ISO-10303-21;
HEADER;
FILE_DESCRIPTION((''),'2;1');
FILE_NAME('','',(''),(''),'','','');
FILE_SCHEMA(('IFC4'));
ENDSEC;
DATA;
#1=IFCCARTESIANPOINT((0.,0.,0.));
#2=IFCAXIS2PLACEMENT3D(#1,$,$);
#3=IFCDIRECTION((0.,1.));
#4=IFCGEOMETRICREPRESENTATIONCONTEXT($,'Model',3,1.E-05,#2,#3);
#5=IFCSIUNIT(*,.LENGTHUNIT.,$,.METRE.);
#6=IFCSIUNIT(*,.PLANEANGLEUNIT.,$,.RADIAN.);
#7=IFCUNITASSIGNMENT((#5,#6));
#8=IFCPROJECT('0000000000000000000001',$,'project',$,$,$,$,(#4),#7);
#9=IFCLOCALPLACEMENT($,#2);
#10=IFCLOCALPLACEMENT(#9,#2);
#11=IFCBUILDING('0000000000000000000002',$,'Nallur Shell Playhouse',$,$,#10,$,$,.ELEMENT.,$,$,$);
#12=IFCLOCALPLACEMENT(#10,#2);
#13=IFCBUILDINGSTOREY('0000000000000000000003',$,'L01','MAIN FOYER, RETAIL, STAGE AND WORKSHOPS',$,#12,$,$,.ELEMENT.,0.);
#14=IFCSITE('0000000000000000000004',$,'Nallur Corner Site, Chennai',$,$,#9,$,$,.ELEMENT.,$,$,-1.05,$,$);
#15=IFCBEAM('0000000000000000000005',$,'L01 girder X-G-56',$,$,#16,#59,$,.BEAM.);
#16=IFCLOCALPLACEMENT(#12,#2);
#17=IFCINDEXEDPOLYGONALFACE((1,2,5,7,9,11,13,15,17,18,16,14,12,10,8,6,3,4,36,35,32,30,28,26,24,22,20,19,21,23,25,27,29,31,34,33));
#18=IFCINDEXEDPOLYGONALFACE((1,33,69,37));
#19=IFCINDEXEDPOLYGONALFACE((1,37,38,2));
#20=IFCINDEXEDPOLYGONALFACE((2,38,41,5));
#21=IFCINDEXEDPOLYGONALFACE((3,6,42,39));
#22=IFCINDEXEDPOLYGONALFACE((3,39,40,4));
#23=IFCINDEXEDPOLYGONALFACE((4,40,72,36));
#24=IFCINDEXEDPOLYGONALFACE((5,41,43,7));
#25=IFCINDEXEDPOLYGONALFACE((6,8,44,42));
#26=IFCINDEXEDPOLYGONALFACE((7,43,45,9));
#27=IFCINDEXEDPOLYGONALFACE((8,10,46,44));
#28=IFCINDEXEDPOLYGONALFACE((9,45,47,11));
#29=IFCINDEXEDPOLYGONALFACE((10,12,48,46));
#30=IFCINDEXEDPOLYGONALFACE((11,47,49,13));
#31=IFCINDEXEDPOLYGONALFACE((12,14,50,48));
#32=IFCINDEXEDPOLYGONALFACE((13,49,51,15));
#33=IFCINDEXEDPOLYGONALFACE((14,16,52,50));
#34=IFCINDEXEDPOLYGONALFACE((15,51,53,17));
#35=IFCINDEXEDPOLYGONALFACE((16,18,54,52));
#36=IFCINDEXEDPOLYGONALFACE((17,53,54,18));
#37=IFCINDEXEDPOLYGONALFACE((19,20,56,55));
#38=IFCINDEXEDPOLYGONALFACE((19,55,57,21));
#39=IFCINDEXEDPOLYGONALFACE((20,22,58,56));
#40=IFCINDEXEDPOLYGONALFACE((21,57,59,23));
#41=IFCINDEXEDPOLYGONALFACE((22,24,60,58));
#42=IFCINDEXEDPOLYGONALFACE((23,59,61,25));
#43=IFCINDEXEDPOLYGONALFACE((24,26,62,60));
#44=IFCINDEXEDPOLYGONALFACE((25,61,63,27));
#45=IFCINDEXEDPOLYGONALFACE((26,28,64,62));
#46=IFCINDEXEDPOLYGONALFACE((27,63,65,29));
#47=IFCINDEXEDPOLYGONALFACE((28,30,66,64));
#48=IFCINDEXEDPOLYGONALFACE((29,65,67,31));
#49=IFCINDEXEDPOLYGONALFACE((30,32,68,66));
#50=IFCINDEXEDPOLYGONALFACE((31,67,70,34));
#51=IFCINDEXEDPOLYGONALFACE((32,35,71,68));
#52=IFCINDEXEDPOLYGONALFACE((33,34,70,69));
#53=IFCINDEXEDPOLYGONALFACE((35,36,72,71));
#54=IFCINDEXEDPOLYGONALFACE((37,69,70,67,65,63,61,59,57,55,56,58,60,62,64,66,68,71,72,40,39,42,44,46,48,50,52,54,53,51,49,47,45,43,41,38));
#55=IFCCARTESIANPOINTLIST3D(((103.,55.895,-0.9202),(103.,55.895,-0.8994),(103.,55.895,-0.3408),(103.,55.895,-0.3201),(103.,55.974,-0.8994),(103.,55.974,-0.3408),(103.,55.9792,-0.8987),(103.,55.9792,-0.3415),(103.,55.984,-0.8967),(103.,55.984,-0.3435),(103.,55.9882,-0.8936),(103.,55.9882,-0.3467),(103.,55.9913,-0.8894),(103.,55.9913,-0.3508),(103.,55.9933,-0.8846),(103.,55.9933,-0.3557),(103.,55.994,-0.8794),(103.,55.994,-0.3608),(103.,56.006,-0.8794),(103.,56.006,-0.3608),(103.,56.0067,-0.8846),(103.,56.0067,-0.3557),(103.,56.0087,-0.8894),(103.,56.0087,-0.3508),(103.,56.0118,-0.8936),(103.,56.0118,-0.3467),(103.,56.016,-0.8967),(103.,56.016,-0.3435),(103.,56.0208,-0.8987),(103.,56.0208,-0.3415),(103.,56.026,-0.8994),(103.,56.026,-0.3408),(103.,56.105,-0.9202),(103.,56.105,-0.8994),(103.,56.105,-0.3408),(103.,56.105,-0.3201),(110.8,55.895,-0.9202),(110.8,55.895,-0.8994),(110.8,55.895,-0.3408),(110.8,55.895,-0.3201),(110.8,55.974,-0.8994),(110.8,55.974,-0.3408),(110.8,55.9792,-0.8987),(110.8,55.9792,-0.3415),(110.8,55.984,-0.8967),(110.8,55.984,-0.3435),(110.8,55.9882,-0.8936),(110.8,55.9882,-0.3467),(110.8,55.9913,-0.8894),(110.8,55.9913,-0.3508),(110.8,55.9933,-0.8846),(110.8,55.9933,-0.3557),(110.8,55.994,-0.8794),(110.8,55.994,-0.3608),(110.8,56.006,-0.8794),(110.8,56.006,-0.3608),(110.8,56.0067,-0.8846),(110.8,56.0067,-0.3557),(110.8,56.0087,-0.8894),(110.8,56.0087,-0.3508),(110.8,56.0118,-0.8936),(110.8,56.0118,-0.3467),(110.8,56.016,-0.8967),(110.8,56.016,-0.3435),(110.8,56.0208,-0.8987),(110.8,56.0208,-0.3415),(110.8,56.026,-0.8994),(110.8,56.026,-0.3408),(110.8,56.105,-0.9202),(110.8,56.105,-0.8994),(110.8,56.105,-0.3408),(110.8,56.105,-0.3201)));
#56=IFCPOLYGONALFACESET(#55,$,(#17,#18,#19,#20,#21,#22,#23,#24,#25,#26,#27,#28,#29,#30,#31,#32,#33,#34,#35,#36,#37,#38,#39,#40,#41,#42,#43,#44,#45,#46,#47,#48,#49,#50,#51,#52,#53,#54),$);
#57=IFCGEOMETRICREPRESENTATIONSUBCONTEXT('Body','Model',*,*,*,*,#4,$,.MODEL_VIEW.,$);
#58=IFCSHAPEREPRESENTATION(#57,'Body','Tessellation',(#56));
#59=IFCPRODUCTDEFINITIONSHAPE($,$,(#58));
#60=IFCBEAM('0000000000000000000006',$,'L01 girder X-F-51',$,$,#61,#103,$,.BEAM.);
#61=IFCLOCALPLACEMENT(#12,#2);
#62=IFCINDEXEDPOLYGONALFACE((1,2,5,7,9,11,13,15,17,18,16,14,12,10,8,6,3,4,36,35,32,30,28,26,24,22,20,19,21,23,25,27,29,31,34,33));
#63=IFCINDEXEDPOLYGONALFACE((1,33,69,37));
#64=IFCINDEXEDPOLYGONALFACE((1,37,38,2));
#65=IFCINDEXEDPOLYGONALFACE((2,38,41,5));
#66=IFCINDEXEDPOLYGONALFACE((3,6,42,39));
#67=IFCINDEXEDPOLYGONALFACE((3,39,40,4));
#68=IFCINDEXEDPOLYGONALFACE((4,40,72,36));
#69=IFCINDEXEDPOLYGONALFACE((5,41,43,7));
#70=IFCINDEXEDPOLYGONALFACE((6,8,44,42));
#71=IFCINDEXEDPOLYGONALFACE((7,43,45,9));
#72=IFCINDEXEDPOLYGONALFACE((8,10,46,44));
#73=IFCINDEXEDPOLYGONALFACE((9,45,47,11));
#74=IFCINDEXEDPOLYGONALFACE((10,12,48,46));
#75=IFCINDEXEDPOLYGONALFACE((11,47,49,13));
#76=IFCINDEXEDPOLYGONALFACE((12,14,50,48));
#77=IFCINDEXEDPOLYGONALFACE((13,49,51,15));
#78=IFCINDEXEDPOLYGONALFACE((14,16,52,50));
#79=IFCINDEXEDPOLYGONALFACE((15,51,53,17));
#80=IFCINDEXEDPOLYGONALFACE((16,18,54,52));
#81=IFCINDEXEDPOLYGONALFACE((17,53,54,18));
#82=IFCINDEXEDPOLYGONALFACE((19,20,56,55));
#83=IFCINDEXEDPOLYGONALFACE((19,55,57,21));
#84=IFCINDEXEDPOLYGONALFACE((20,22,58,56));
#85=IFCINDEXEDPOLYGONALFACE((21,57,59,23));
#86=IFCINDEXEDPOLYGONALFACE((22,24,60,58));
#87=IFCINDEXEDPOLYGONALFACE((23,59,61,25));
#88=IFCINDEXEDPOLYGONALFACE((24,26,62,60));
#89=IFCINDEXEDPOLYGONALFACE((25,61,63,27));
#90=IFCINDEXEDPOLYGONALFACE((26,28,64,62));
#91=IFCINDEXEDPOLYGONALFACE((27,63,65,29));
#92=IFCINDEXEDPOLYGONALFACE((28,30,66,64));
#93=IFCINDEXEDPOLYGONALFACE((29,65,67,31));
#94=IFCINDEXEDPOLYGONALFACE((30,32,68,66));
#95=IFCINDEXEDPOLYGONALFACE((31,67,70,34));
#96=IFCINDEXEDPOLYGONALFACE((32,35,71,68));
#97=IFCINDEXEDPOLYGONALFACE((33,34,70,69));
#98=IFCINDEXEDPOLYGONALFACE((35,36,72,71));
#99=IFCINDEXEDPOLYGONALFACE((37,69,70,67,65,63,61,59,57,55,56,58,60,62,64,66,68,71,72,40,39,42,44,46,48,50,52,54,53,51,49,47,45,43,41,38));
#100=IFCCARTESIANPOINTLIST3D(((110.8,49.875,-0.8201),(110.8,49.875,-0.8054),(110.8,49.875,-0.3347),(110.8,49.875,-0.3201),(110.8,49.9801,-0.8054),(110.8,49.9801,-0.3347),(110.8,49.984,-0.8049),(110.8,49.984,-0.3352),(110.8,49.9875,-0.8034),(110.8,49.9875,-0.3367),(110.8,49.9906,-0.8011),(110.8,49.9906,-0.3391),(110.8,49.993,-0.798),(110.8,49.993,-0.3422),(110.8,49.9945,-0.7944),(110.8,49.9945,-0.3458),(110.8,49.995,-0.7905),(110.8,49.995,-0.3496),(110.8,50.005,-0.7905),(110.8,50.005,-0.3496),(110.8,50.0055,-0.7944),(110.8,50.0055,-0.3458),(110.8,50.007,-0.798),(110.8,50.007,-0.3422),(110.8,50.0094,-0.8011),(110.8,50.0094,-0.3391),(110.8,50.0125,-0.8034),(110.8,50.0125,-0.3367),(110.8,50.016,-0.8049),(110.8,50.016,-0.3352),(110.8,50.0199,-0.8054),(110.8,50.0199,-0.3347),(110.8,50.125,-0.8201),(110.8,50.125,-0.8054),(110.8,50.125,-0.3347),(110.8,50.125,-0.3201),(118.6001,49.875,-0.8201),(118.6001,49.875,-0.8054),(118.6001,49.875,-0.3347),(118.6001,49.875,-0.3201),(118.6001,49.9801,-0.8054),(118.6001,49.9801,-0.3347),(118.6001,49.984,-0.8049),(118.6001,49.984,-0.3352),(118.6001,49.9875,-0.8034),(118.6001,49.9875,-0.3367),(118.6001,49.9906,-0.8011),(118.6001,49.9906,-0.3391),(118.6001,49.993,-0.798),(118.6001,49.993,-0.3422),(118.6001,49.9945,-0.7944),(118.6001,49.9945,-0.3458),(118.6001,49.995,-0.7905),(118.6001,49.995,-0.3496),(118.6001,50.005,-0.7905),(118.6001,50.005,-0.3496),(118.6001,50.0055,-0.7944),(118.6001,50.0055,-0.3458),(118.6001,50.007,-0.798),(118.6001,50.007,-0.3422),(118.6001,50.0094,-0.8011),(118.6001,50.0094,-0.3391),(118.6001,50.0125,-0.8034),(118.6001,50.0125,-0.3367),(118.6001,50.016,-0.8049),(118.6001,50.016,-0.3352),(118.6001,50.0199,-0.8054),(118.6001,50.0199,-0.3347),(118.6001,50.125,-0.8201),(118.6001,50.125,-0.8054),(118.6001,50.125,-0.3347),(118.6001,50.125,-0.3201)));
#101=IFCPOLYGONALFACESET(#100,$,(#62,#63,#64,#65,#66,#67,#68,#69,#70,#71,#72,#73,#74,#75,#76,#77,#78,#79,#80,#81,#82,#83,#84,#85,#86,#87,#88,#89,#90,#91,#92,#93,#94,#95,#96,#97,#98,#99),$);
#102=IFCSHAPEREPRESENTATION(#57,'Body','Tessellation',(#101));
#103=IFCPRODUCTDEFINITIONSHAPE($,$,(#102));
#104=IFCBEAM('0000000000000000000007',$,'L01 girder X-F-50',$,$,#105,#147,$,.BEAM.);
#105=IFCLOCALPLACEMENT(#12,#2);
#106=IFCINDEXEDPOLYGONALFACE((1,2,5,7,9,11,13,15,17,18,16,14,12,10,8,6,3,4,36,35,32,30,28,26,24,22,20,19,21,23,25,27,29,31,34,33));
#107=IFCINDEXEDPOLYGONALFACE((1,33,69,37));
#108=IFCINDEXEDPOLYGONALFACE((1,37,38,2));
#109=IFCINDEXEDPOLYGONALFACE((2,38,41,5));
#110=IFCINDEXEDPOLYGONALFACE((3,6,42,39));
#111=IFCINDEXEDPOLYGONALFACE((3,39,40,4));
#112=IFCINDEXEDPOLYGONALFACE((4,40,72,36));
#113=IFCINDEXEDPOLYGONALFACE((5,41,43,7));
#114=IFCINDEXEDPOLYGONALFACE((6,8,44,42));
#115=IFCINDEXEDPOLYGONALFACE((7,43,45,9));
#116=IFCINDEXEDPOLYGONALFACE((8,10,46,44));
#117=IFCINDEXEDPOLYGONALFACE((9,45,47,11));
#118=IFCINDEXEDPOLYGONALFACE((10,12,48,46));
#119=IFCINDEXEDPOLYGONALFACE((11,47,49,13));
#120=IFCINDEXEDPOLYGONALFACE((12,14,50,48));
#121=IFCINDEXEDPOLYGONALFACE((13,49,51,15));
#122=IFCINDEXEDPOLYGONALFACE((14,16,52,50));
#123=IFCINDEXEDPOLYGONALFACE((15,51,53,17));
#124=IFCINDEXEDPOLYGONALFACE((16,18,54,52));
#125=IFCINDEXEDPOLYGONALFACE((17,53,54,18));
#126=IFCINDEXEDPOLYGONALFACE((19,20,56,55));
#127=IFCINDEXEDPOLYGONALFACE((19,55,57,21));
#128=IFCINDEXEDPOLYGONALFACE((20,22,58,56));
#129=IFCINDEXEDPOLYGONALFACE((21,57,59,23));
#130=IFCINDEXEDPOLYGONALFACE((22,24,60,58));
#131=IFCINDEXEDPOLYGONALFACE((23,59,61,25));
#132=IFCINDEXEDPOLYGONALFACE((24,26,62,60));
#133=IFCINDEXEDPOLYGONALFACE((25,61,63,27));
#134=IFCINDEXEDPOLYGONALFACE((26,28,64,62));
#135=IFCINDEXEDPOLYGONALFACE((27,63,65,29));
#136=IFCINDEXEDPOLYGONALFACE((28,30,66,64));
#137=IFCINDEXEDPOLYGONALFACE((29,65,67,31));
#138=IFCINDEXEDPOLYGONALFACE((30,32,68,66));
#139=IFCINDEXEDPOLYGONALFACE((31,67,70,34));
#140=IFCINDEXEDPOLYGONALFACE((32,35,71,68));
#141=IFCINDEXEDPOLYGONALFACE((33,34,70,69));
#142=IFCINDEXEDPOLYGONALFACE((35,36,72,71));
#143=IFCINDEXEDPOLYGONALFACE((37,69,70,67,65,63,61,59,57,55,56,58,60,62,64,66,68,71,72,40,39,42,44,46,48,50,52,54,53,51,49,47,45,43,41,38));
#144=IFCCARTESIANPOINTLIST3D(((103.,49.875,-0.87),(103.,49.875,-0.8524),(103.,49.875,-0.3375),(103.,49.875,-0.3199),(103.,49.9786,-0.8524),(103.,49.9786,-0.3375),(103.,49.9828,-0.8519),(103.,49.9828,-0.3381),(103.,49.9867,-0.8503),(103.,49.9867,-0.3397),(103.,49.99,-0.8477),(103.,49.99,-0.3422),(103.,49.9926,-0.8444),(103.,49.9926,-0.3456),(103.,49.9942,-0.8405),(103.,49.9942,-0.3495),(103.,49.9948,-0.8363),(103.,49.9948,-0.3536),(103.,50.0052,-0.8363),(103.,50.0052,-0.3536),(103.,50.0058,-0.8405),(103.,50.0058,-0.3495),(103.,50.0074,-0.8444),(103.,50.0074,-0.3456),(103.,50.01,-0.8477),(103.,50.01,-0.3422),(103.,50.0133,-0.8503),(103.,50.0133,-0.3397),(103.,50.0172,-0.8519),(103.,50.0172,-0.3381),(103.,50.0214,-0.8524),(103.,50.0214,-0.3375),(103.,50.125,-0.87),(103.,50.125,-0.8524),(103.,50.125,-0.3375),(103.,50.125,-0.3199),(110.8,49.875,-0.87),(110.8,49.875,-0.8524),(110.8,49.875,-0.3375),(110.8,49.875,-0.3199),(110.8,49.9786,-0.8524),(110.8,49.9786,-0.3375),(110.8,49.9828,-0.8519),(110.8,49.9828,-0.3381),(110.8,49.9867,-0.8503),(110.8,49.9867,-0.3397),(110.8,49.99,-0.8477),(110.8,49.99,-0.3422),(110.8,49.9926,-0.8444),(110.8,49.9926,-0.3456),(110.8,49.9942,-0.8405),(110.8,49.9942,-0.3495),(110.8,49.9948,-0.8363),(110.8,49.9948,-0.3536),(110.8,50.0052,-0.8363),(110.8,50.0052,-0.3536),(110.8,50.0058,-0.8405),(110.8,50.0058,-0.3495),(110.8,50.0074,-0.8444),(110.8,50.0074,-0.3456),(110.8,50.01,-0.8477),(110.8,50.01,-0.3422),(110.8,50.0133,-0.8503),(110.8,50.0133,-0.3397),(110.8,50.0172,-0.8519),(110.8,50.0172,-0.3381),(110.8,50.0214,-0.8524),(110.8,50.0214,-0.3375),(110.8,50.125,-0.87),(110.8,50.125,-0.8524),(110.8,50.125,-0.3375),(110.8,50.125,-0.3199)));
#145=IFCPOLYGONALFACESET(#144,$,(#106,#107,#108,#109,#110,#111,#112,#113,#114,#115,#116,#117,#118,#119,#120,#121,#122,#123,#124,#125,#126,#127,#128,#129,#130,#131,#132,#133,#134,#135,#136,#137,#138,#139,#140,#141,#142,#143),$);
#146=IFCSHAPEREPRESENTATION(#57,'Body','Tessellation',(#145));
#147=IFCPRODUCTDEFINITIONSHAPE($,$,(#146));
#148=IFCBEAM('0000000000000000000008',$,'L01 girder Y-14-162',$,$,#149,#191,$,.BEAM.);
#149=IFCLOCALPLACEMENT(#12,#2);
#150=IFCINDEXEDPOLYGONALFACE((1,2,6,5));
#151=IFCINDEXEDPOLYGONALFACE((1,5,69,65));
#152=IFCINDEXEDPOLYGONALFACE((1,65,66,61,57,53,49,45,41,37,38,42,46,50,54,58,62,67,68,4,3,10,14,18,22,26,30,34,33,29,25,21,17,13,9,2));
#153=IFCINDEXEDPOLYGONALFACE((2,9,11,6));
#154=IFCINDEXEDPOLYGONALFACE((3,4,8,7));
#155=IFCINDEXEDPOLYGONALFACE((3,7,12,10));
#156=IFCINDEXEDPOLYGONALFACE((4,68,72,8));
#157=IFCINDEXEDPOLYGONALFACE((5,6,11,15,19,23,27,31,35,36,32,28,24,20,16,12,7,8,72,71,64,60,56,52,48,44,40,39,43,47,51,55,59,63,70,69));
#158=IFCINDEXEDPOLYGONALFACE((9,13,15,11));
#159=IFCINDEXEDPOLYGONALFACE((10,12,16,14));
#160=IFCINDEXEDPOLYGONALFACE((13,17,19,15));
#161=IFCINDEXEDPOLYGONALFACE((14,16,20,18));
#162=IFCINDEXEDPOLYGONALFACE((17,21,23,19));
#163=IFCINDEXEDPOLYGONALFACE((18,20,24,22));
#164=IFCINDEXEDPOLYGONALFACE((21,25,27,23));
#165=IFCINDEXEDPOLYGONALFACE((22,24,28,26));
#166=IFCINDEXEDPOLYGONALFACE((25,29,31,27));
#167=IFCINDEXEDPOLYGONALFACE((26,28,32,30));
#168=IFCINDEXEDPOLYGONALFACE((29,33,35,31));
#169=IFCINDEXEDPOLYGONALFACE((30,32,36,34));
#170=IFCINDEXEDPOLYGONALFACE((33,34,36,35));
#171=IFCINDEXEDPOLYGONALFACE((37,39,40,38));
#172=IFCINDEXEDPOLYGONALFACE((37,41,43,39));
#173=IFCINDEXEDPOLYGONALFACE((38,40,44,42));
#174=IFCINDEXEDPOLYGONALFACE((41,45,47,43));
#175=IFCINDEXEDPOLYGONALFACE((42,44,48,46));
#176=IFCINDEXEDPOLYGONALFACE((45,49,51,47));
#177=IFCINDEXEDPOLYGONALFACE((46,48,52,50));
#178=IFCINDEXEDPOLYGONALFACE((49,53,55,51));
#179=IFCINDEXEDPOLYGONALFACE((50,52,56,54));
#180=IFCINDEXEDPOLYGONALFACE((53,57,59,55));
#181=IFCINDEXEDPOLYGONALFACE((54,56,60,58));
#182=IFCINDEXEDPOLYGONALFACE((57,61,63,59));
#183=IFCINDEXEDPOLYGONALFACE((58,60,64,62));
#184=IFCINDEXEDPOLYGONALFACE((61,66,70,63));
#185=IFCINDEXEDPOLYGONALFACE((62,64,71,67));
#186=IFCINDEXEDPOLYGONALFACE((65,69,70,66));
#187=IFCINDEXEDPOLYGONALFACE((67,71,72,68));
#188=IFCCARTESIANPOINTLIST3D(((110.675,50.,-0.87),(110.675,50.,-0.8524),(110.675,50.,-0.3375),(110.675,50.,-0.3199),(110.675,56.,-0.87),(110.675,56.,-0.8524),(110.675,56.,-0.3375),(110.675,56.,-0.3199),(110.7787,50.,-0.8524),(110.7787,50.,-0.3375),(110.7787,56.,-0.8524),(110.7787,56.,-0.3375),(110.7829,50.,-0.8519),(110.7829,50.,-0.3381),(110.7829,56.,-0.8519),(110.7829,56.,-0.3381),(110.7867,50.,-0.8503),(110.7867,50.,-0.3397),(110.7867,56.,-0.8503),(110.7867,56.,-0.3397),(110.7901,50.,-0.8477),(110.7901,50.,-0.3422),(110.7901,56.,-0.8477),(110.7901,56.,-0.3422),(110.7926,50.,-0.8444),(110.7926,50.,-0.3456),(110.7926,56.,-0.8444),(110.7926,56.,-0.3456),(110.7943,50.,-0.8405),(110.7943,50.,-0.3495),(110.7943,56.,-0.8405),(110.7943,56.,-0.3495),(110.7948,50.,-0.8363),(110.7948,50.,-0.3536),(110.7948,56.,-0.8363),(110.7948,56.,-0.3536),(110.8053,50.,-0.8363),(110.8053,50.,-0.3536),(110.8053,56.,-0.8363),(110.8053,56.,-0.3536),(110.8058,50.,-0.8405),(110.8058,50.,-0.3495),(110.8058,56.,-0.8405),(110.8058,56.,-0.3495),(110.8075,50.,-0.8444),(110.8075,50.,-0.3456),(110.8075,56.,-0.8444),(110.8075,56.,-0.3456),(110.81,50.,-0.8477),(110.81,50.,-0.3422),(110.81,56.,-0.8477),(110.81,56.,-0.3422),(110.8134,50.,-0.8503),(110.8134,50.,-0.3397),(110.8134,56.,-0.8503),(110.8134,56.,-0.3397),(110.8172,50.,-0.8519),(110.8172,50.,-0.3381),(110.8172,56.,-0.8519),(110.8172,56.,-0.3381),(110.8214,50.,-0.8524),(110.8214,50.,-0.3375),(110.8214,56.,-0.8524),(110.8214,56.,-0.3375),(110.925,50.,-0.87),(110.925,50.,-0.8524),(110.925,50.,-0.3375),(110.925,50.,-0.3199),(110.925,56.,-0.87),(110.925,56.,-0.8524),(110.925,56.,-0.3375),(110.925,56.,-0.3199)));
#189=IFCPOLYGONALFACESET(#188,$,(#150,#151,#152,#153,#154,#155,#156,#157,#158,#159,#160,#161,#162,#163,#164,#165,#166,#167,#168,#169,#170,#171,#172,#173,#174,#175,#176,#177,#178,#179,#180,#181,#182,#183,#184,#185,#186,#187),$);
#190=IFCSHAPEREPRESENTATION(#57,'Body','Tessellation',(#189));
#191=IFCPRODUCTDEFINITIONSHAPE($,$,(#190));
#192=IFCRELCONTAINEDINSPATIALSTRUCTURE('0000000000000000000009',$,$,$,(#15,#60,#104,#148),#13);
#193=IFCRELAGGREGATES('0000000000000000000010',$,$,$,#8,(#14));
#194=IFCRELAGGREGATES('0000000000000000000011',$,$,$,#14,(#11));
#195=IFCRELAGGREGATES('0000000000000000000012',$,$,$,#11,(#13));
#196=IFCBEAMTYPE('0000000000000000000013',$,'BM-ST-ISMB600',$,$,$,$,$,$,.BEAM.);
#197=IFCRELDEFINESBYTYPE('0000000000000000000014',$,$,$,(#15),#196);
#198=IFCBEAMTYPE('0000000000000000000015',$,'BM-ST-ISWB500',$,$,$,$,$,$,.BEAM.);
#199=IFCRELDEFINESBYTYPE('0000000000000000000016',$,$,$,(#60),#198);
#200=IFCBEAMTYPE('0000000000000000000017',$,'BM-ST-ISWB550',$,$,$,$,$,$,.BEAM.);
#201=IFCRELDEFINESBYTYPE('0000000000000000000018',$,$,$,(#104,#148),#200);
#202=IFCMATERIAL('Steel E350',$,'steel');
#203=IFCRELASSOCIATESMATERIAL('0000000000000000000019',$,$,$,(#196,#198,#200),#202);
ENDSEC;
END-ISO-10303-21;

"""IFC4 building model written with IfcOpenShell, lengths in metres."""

from ifc_helpers import new_model, si_unit, direction, frame, origin, origin_2d, place, context, subcontext, project, spatial, i_section, extrude, material, material_profile, profile_set, type_object, element, save


model = new_model("IFC4")

# Units and contexts
model_context = context("Model", 3, precision=1e-05, world=origin(), true_north=direction((0.0, 1.0)))
body_context = subcontext(model_context, "Body", "Model", "MODEL_VIEW")
ifc_project = project(units=[si_unit("LENGTHUNIT", "METRE"), si_unit("PLANEANGLEUNIT", "RADIAN")], contexts=[model_context])

# Site, building, storey
site_placement = place(None, origin())
site = spatial("IfcSite", under=ifc_project, at=site_placement, Name="Nallur Corner Site, Chennai", CompositionType="ELEMENT", RefElevation=-1.05)
building_placement = place(site_placement, origin())
building = spatial("IfcBuilding", under=site, at=building_placement, Name="Nallur Shell Playhouse", CompositionType="ELEMENT")
storey_placement = place(building_placement, origin())
storey = spatial("IfcBuildingStorey", under=building, at=storey_placement, Name="L01", Description="MAIN FOYER, RETAIL, STAGE AND WORKSHOPS", CompositionType="ELEMENT", Elevation=0.0)

# Shared definitions
ifc_material_1 = material(Name="Steel E350", Category="steel")

# Beams
ifc_material_profile_1 = material_profile(ifc_material_1, i_section(OverallWidth=0.21, OverallDepth=0.6001, WebThickness=0.012, FlangeThickness=0.0208, FilletRadius=0.02, at=origin_2d()), Name="ISMB 600")
ifc_profile_set_1 = profile_set([ifc_material_profile_1], Name="Steel E350")
beam_type_1 = type_object("IfcBeamType", Name="BM-ST-ISMB600", PredefinedType="BEAM", material=ifc_profile_set_1)
beam_1_placement = place(storey_placement, frame((103.0, 56.0, -0.6201), z_axis=(1.0, 0.0, 0.0), x_axis=(0.0, 1.0, 0.0)))
element("IfcBeam", 1, at=beam_1_placement, inside=storey, type_object=beam_type_1, Name="L01 girder X-G-56", PredefinedType="BEAM", context=body_context, shape_type="SweptSolid", body=[
    extrude(i_section(OverallWidth=0.21, OverallDepth=0.6001, WebThickness=0.012, FlangeThickness=0.0208, FilletRadius=0.02, at=origin_2d()), origin(), (0.0, 0.0, 1.0), 7.8),
])
ifc_material_profile_2 = material_profile(ifc_material_1, i_section(OverallWidth=0.25, OverallDepth=0.5, WebThickness=0.01, FlangeThickness=0.0146, FilletRadius=0.0149, at=origin_2d()), Name="ISWB 500")
ifc_profile_set_2 = profile_set([ifc_material_profile_2], Name="Steel E350")
beam_type_2 = type_object("IfcBeamType", Name="BM-ST-ISWB500", PredefinedType="BEAM", material=ifc_profile_set_2)
beam_2_placement = place(storey_placement, frame((110.8, 50.0, -0.5701), z_axis=(1.0, 0.0, 0.0), x_axis=(0.0, 1.0, 0.0)))
element("IfcBeam", 2, at=beam_2_placement, inside=storey, type_object=beam_type_2, Name="L01 girder X-F-51", PredefinedType="BEAM", context=body_context, shape_type="SweptSolid", body=[
    extrude(i_section(OverallWidth=0.25, OverallDepth=0.5, WebThickness=0.01, FlangeThickness=0.0146, FilletRadius=0.0149, at=origin_2d()), origin(), (0.0, 0.0, 1.0), 7.8),
])
ifc_material_profile_3 = material_profile(ifc_material_1, i_section(OverallWidth=0.25, OverallDepth=0.55, WebThickness=0.0105, FlangeThickness=0.0176, FilletRadius=0.0161, at=origin_2d()), Name="ISWB 550")
ifc_profile_set_3 = profile_set([ifc_material_profile_3], Name="Steel E350")
beam_type_3 = type_object("IfcBeamType", Name="BM-ST-ISWB550", PredefinedType="BEAM", material=ifc_profile_set_3)
beam_3_placement = place(storey_placement, frame((103.0, 50.0, -0.595), z_axis=(1.0, 0.0, 0.0), x_axis=(0.0, 1.0, 0.0)))
element("IfcBeam", 3, at=beam_3_placement, inside=storey, type_object=beam_type_3, Name="L01 girder X-F-50", PredefinedType="BEAM", context=body_context, shape_type="SweptSolid", body=[
    extrude(i_section(OverallWidth=0.25, OverallDepth=0.55, WebThickness=0.0105, FlangeThickness=0.0176, FilletRadius=0.0161, at=origin_2d()), origin(), (0.0, 0.0, 1.0), 7.8),
])
beam_4_placement = place(storey_placement, frame((110.8, 50.0, -0.595), z_axis=(0.0, 1.0, 0.0), x_axis=(-1.0, 0.0, 0.0)))
element("IfcBeam", 4, at=beam_4_placement, inside=storey, type_object=beam_type_3, Name="L01 girder Y-14-162", PredefinedType="BEAM", context=body_context, shape_type="SweptSolid", body=[
    extrude(i_section(OverallWidth=0.25, OverallDepth=0.55, WebThickness=0.0105, FlangeThickness=0.0176, FilletRadius=0.0161, at=origin_2d()), origin(), (0.0, 0.0, 1.0), 6.0),
])

save(model, "model.ifc")
